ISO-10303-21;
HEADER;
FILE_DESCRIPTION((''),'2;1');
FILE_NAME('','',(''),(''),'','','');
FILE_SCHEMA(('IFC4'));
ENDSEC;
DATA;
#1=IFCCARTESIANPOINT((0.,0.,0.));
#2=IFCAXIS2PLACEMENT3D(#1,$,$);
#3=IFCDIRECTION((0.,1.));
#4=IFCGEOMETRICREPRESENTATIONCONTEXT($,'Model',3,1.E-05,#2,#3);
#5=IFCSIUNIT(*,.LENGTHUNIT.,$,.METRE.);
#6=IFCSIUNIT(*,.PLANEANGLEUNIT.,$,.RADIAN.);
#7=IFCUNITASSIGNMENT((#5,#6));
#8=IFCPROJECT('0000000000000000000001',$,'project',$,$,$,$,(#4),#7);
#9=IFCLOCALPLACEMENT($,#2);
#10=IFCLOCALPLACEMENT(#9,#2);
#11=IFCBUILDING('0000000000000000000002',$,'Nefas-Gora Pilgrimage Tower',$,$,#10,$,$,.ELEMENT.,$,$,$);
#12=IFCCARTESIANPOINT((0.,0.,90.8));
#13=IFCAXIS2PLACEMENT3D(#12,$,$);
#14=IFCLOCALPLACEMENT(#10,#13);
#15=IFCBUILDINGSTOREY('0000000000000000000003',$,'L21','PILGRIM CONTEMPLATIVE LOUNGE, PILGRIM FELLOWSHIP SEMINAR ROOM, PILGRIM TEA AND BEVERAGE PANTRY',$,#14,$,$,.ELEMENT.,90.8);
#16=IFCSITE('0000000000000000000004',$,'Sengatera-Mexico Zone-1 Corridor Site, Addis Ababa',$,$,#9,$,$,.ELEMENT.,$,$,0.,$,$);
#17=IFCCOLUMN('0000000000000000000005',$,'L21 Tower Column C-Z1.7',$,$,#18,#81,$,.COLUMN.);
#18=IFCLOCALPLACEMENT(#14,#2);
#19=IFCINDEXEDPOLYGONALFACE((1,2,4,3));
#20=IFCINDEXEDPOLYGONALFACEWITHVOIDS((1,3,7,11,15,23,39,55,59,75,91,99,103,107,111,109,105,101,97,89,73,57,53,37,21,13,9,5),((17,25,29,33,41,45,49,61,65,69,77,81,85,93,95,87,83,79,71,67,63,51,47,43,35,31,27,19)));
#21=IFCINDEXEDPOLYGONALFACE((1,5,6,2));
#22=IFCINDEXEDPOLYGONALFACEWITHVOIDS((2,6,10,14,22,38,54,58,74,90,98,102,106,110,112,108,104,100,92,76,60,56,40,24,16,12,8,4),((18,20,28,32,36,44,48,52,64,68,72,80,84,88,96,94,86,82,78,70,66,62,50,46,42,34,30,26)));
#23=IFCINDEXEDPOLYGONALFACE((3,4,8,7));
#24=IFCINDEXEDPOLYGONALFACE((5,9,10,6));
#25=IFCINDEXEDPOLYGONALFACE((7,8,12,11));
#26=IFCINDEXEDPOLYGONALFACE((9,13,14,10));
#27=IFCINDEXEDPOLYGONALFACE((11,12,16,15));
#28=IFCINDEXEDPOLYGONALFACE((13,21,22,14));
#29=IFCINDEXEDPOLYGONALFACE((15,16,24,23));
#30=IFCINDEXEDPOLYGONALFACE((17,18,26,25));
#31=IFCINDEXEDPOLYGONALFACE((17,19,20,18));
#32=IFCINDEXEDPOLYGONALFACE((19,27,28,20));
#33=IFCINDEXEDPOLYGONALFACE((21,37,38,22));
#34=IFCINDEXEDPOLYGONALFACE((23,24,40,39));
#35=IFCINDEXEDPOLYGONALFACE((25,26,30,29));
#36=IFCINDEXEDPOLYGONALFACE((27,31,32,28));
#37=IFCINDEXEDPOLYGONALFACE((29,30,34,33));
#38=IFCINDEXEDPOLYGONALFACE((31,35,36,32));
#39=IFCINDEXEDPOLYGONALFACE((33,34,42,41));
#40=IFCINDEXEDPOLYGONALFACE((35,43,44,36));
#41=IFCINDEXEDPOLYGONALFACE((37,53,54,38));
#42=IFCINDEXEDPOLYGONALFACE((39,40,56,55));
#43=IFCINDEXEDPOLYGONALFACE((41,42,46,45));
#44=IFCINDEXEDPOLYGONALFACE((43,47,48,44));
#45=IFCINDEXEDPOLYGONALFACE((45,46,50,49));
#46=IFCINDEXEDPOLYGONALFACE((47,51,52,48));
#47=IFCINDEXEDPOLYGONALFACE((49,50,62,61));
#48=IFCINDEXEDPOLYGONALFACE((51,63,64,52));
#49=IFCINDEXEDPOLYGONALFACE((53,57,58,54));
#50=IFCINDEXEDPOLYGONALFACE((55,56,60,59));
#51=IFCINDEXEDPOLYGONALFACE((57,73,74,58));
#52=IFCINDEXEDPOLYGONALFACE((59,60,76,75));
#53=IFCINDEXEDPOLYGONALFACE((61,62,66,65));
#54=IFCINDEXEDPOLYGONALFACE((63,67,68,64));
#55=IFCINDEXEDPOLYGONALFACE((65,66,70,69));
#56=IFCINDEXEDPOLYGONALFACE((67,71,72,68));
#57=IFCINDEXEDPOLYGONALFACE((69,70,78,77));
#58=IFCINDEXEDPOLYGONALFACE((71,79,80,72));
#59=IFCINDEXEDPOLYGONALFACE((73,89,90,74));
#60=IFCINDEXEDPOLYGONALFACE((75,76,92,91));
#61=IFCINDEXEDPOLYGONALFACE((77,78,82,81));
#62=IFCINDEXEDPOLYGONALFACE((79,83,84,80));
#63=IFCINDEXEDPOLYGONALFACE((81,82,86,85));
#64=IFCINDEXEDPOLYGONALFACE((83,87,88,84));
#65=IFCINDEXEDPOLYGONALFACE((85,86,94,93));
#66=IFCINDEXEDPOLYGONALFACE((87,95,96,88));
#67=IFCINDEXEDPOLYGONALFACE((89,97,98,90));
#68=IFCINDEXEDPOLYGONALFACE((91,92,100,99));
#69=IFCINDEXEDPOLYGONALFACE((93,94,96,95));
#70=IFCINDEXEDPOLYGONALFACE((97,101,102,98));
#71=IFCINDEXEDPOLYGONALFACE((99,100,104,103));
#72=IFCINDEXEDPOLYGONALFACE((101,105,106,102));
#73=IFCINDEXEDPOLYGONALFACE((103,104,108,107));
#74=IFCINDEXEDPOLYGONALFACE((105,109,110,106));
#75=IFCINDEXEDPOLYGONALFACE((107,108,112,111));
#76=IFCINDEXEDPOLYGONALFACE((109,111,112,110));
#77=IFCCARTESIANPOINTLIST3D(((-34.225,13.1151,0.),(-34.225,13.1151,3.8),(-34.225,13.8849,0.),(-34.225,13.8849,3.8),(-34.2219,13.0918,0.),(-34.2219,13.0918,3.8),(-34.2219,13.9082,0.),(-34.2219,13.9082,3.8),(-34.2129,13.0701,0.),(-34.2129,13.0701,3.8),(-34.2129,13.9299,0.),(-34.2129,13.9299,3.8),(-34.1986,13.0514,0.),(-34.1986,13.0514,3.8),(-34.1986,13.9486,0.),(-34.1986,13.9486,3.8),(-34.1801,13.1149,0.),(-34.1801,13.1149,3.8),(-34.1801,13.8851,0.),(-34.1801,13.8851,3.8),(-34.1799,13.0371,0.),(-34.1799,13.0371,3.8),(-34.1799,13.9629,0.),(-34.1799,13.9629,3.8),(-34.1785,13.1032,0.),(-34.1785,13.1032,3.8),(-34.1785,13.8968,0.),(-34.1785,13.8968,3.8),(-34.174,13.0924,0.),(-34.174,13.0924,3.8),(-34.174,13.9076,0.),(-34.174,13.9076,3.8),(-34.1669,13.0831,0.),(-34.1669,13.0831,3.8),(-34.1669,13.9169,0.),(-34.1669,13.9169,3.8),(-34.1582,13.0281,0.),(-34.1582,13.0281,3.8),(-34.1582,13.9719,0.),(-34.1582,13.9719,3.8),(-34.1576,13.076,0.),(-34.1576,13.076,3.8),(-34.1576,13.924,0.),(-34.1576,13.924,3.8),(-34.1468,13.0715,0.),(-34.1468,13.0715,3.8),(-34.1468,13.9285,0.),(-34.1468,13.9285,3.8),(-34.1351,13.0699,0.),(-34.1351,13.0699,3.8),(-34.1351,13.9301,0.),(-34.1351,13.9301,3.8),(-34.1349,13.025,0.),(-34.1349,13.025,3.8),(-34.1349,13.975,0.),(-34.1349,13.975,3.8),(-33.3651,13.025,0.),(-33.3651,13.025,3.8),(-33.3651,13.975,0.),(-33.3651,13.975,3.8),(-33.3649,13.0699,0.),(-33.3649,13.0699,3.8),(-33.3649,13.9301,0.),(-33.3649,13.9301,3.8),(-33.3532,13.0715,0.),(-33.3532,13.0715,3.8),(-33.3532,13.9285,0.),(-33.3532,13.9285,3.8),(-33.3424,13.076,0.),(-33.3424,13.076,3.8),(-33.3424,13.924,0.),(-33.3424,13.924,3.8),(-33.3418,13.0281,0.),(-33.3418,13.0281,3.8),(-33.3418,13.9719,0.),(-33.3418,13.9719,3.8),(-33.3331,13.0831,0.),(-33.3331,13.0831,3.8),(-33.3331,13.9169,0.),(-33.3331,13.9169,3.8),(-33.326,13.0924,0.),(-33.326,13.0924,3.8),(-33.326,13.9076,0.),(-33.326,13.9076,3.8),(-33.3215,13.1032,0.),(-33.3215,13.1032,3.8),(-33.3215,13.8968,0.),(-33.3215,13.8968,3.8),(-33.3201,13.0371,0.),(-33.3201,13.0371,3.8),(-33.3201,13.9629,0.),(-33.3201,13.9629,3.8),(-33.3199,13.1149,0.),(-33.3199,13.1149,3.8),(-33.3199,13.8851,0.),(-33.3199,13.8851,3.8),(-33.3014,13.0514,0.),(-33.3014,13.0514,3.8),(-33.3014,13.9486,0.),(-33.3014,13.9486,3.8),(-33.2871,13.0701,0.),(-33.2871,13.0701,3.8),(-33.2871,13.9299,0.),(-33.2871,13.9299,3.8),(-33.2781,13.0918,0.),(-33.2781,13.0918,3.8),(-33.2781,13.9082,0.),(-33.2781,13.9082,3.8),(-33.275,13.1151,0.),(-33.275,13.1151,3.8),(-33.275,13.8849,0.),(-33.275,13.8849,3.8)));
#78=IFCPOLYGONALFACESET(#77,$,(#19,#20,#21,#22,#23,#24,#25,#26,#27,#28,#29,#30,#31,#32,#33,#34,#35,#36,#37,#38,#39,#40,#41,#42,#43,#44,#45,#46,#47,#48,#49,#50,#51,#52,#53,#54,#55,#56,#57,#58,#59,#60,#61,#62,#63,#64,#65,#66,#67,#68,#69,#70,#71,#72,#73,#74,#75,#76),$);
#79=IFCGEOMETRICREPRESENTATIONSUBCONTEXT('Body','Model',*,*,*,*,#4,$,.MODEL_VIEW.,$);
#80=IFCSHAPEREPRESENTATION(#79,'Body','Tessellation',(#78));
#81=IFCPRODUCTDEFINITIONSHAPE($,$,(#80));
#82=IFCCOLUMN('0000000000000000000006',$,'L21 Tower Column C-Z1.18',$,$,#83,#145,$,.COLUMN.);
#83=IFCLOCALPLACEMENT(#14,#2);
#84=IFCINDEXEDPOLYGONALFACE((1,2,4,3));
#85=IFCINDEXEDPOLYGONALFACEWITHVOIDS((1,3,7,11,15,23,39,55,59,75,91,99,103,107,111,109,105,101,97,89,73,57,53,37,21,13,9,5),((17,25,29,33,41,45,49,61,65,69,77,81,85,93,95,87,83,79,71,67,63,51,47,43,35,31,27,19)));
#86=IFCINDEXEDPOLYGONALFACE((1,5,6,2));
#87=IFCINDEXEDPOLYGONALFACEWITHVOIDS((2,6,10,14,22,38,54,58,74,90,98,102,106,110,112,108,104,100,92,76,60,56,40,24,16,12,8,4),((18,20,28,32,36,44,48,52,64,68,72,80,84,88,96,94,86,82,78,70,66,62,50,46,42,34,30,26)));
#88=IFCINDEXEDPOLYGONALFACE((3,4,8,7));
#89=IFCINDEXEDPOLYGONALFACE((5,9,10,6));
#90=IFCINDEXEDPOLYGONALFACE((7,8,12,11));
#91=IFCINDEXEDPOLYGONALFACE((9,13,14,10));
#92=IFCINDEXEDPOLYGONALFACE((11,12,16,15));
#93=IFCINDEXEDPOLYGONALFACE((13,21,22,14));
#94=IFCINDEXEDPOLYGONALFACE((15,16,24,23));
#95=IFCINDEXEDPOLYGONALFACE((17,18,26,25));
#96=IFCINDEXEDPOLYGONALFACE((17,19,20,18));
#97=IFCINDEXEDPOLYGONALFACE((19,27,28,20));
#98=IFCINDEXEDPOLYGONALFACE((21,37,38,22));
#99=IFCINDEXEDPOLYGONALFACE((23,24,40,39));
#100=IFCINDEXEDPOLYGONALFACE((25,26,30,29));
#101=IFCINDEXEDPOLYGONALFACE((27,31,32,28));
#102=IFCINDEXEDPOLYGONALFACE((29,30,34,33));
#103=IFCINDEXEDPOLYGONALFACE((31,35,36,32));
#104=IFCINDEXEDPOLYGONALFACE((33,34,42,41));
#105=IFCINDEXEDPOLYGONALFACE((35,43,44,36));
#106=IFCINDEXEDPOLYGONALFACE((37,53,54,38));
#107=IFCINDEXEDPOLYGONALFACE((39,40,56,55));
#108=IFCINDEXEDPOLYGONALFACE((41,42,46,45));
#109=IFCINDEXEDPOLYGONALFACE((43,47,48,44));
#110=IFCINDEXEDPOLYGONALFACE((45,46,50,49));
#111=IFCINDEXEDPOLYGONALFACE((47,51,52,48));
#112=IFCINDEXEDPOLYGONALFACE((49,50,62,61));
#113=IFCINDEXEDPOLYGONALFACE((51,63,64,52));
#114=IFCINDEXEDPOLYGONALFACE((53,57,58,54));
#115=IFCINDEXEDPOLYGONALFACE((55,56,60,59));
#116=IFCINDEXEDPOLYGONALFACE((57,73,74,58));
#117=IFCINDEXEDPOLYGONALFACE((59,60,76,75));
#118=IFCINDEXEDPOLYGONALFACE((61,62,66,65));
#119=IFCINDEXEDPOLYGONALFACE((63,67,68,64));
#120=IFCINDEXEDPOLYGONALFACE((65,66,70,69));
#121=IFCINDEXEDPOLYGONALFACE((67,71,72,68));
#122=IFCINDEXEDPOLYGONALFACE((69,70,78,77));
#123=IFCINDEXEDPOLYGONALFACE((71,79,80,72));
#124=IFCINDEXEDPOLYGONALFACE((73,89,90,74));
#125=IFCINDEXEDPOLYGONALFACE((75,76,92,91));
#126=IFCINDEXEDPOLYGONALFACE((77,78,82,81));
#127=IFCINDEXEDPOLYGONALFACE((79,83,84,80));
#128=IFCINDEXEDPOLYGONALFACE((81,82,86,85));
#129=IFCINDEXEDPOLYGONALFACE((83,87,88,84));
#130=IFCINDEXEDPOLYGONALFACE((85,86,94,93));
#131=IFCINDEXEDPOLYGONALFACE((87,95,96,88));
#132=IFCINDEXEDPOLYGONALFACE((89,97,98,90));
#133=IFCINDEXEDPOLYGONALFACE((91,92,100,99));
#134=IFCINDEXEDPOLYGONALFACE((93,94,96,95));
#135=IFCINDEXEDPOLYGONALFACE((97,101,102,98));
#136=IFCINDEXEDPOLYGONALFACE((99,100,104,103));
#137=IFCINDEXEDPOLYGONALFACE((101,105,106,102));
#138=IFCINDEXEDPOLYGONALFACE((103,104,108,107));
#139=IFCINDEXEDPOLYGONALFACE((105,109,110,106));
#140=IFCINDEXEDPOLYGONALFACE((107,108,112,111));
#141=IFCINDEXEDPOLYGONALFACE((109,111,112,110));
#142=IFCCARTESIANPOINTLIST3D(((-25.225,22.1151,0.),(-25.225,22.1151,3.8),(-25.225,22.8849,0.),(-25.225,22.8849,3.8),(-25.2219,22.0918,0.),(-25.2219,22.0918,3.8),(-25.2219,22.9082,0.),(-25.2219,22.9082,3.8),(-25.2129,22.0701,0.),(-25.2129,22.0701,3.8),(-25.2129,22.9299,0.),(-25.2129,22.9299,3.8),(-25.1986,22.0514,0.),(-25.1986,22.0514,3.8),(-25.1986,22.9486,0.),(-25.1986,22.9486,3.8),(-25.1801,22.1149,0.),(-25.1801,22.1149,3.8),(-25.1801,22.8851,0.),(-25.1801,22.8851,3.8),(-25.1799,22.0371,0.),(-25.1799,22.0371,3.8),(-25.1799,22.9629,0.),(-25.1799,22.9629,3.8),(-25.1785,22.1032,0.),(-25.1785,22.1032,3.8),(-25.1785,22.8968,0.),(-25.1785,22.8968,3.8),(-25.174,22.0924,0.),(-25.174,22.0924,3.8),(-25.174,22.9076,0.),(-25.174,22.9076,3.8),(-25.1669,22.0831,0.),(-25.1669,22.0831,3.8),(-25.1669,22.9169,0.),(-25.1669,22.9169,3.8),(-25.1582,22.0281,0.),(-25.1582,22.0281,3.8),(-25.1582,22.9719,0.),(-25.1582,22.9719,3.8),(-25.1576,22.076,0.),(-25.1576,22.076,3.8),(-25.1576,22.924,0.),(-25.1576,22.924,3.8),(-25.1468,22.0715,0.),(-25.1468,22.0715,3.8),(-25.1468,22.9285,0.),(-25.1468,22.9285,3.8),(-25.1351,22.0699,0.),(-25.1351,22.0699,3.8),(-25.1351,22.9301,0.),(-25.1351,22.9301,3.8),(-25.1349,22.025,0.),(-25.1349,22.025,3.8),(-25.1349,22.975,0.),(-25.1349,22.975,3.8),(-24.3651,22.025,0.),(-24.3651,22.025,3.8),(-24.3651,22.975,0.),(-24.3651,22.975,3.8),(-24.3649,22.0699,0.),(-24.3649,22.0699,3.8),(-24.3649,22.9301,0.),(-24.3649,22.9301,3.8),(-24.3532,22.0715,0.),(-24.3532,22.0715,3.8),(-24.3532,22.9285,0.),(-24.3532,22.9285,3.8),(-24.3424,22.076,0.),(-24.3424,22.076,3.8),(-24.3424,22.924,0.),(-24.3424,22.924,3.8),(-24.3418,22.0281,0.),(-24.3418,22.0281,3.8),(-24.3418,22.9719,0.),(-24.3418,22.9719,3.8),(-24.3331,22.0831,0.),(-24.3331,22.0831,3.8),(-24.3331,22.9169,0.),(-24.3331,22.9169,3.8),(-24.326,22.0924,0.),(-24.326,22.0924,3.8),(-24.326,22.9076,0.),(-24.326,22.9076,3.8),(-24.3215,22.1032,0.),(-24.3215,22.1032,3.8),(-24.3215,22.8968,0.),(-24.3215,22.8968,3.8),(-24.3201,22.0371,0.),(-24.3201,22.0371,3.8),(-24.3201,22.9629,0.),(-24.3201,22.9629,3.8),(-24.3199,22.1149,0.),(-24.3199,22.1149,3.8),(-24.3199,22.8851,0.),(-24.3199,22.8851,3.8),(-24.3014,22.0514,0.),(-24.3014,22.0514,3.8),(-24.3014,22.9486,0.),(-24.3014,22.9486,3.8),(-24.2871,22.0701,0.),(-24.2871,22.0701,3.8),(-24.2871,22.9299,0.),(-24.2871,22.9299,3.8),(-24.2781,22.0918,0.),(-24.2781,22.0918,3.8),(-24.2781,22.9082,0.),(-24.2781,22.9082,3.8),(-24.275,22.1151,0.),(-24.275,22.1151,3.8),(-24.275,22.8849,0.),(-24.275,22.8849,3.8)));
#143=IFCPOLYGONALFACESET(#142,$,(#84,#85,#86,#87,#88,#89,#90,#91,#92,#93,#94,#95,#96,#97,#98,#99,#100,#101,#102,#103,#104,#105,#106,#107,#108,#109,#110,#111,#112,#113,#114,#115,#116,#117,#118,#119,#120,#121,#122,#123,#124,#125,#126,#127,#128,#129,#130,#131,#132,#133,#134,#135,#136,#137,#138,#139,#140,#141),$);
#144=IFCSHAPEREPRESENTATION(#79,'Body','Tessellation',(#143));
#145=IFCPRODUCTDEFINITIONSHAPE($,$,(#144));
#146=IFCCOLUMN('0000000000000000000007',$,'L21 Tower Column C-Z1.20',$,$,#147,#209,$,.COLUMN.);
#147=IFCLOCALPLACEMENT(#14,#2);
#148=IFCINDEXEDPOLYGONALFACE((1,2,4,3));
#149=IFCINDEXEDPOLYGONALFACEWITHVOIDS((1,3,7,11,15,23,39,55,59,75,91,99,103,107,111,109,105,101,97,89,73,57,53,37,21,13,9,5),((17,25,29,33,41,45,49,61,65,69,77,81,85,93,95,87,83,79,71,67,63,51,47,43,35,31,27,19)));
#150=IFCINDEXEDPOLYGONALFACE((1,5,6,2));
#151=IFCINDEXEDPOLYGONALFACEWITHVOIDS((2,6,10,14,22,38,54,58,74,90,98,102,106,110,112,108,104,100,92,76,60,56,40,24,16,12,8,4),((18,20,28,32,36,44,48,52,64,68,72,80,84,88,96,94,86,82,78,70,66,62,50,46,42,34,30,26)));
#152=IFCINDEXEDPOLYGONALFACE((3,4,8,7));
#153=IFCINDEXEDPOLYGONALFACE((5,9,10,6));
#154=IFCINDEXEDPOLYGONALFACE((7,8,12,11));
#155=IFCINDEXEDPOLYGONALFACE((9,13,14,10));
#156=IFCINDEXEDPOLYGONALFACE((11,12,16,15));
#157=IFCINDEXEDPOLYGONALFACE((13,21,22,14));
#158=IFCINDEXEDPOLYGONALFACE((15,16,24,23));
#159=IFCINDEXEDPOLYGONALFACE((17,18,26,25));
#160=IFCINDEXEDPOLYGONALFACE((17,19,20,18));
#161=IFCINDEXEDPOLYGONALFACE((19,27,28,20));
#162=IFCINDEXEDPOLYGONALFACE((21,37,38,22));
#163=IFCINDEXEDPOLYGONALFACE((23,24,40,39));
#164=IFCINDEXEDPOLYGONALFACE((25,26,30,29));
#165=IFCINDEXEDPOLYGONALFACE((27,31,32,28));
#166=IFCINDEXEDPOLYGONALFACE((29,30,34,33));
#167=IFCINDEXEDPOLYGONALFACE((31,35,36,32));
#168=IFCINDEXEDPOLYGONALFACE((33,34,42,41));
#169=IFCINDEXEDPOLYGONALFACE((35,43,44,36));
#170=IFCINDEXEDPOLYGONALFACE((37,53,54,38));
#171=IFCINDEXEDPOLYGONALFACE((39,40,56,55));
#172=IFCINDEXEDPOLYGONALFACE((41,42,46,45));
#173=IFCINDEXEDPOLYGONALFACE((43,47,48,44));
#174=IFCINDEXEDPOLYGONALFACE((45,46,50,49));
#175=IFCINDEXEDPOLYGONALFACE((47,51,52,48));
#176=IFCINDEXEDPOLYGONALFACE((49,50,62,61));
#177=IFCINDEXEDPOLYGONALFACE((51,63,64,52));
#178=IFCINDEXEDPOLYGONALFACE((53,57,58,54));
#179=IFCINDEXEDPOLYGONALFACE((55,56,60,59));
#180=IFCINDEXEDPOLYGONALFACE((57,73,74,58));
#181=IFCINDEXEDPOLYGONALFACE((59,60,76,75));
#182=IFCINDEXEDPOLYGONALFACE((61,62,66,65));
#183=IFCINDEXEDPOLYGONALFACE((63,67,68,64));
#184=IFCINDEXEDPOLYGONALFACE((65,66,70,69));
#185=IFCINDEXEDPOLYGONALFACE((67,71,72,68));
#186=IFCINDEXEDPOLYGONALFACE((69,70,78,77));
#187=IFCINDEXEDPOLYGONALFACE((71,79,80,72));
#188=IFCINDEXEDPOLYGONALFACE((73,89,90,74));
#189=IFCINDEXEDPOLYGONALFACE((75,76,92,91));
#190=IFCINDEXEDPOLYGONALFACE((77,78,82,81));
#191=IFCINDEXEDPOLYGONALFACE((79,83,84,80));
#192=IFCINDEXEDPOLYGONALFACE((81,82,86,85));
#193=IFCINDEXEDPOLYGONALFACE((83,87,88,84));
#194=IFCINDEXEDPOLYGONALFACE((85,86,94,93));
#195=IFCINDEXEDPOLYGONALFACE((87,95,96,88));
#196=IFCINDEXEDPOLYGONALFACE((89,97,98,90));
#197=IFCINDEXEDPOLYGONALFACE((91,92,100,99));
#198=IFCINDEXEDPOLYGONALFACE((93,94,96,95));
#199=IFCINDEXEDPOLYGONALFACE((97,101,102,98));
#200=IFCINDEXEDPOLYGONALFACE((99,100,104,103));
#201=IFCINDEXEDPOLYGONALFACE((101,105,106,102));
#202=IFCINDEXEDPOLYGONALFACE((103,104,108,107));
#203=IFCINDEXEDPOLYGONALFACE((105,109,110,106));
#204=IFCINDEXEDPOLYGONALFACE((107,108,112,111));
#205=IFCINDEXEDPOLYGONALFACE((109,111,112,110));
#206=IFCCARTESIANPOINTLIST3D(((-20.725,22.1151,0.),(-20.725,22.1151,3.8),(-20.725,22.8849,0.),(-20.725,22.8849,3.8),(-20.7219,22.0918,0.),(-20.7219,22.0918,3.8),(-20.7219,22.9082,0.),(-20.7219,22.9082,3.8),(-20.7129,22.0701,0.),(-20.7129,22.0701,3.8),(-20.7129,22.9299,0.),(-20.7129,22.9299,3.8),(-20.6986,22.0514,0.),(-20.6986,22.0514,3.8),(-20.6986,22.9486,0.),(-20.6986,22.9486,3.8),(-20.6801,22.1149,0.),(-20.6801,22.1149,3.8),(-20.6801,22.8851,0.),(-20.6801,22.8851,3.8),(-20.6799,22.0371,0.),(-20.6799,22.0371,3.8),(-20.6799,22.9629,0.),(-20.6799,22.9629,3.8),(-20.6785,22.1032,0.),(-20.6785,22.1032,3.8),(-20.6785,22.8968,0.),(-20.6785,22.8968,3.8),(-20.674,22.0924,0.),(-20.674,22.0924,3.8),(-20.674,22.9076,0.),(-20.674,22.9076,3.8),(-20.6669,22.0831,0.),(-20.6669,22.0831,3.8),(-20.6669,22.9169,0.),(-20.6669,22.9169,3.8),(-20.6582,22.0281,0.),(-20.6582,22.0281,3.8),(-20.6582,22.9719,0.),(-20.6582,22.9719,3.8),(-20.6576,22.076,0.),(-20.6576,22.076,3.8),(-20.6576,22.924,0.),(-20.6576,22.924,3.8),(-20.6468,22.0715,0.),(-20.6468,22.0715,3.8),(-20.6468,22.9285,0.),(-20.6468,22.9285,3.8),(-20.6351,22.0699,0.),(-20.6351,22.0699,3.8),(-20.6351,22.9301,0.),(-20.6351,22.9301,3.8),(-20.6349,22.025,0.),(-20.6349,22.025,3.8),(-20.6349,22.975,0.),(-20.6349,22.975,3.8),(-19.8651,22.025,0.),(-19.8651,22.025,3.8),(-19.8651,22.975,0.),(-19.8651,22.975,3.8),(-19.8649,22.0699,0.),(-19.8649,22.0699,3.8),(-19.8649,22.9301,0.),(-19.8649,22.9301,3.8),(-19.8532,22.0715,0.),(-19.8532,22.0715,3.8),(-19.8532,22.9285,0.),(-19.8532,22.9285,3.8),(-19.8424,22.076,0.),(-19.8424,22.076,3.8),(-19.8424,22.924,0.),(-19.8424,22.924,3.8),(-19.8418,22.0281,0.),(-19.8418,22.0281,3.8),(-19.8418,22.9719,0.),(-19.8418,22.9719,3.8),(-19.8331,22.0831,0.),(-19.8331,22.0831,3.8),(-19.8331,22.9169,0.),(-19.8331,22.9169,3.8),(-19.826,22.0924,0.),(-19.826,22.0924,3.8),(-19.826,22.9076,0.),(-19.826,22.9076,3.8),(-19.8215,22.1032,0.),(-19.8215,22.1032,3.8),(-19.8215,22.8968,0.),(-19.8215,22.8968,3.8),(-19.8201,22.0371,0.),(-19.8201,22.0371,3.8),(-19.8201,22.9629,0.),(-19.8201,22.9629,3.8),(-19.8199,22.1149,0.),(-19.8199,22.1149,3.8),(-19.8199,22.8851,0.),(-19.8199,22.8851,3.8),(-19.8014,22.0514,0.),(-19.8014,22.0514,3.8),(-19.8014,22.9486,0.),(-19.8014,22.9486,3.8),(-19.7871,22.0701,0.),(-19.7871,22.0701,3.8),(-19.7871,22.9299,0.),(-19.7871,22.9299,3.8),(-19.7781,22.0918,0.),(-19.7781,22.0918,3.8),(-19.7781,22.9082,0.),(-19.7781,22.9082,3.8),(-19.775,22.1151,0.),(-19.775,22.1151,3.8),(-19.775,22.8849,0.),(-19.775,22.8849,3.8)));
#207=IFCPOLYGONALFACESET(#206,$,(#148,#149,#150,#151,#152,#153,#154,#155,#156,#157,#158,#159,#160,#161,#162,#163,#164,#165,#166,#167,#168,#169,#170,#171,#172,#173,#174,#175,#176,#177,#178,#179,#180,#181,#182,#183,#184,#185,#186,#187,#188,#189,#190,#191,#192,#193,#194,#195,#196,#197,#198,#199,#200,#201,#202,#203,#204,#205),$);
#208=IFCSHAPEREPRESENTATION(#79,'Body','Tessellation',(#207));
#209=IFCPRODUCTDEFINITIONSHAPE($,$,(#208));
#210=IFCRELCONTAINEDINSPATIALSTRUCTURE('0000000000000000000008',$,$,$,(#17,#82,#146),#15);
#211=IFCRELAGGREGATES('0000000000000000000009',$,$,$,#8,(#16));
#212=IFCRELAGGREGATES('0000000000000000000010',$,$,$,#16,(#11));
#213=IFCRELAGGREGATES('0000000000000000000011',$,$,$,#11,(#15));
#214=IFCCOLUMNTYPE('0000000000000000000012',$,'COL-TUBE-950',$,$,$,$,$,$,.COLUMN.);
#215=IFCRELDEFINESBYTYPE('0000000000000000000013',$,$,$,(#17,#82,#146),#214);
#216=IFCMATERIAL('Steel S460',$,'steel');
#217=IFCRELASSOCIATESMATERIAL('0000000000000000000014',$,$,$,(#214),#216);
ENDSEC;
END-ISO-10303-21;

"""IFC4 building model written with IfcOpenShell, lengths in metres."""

from ifc_helpers import new_model, si_unit, direction, frame, origin, origin_2d, place, context, subcontext, project, spatial, hollow_rectangle, extrude, source, transform, mapped, material, material_profile, profile_set, type_object, element, save


model = new_model("IFC4")

# Units and contexts
model_context = context("Model", 3, precision=1e-05, world=origin(), true_north=direction((0.0, 1.0)))
body_context = subcontext(model_context, "Body", "Model", "MODEL_VIEW")
ifc_project = project(units=[si_unit("LENGTHUNIT", "METRE"), si_unit("PLANEANGLEUNIT", "RADIAN")], contexts=[model_context])

# Site, building, storey
site_placement = place(None, origin())
site = spatial("IfcSite", under=ifc_project, at=site_placement, Name="Sengatera-Mexico Zone-1 Corridor Site, Addis Ababa", CompositionType="ELEMENT", RefElevation=0.0)
building_placement = place(site_placement, origin())
building = spatial("IfcBuilding", under=site, at=building_placement, Name="Nefas-Gora Pilgrimage Tower", CompositionType="ELEMENT")
storey_placement = place(building_placement, frame((0.0, 0.0, 90.8)))
storey = spatial("IfcBuildingStorey", under=building, at=storey_placement, Name="L21", Description="PILGRIM CONTEMPLATIVE LOUNGE, PILGRIM FELLOWSHIP SEMINAR ROOM, PILGRIM TEA AND BEVERAGE PANTRY", CompositionType="ELEMENT", Elevation=90.8)

# Columns
ifc_material_1 = material(Name="Steel S460", Category="steel")
ifc_material_profile_1 = material_profile(ifc_material_1, hollow_rectangle(XDim=0.95, YDim=0.95, WallThickness=0.0449, InnerFilletRadius=0.0449, OuterFilletRadius=0.0901, at=origin_2d()), Name="BOX 950x950x45")
ifc_profile_set_1 = profile_set([ifc_material_profile_1], Name="Steel S460")
column_type_1 = type_object("IfcColumnType", Name="COL-TUBE-950", PredefinedType="COLUMN", material=ifc_profile_set_1)
shared_shape_1 = source(origin(), body_context, "Body", "SweptSolid", [
    extrude(hollow_rectangle(XDim=0.95, YDim=0.95, WallThickness=0.0449, InnerFilletRadius=0.0449, OuterFilletRadius=0.0901, at=origin_2d()), origin(), (0.0, 0.0, 1.0), 3.8),
])
for number, where, z_axis, x_axis, name in (
    (1, (-33.75, 13.5, 0.0), (0.0, 0.0, 1.0), (1.0, 0.0, 0.0), "L21 Tower Column C-Z1.7"),
    (2, (-24.75, 22.5, 0.0), (0.0, 0.0, 1.0), (1.0, 0.0, 0.0), "L21 Tower Column C-Z1.18"),
    (3, (-20.25, 22.5, 0.0), (0.0, 0.0, 1.0), (1.0, 0.0, 0.0), "L21 Tower Column C-Z1.20"),
):
    element("IfcColumn", number, at=place(storey_placement, frame(where, z_axis=z_axis, x_axis=x_axis)), inside=storey, type_object=column_type_1, Name=name, PredefinedType="COLUMN", context=body_context, shape_type="MappedRepresentation", body=[
        mapped(shared_shape_1, transform((0.0, 0.0, 0.0), x_axis=(1.0, 0.0, 0.0), y_axis=(0.0, 1.0, 0.0), z_axis=(0.0, 0.0, 1.0), scale=1.0)),
    ])

save(model, "model.ifc")
